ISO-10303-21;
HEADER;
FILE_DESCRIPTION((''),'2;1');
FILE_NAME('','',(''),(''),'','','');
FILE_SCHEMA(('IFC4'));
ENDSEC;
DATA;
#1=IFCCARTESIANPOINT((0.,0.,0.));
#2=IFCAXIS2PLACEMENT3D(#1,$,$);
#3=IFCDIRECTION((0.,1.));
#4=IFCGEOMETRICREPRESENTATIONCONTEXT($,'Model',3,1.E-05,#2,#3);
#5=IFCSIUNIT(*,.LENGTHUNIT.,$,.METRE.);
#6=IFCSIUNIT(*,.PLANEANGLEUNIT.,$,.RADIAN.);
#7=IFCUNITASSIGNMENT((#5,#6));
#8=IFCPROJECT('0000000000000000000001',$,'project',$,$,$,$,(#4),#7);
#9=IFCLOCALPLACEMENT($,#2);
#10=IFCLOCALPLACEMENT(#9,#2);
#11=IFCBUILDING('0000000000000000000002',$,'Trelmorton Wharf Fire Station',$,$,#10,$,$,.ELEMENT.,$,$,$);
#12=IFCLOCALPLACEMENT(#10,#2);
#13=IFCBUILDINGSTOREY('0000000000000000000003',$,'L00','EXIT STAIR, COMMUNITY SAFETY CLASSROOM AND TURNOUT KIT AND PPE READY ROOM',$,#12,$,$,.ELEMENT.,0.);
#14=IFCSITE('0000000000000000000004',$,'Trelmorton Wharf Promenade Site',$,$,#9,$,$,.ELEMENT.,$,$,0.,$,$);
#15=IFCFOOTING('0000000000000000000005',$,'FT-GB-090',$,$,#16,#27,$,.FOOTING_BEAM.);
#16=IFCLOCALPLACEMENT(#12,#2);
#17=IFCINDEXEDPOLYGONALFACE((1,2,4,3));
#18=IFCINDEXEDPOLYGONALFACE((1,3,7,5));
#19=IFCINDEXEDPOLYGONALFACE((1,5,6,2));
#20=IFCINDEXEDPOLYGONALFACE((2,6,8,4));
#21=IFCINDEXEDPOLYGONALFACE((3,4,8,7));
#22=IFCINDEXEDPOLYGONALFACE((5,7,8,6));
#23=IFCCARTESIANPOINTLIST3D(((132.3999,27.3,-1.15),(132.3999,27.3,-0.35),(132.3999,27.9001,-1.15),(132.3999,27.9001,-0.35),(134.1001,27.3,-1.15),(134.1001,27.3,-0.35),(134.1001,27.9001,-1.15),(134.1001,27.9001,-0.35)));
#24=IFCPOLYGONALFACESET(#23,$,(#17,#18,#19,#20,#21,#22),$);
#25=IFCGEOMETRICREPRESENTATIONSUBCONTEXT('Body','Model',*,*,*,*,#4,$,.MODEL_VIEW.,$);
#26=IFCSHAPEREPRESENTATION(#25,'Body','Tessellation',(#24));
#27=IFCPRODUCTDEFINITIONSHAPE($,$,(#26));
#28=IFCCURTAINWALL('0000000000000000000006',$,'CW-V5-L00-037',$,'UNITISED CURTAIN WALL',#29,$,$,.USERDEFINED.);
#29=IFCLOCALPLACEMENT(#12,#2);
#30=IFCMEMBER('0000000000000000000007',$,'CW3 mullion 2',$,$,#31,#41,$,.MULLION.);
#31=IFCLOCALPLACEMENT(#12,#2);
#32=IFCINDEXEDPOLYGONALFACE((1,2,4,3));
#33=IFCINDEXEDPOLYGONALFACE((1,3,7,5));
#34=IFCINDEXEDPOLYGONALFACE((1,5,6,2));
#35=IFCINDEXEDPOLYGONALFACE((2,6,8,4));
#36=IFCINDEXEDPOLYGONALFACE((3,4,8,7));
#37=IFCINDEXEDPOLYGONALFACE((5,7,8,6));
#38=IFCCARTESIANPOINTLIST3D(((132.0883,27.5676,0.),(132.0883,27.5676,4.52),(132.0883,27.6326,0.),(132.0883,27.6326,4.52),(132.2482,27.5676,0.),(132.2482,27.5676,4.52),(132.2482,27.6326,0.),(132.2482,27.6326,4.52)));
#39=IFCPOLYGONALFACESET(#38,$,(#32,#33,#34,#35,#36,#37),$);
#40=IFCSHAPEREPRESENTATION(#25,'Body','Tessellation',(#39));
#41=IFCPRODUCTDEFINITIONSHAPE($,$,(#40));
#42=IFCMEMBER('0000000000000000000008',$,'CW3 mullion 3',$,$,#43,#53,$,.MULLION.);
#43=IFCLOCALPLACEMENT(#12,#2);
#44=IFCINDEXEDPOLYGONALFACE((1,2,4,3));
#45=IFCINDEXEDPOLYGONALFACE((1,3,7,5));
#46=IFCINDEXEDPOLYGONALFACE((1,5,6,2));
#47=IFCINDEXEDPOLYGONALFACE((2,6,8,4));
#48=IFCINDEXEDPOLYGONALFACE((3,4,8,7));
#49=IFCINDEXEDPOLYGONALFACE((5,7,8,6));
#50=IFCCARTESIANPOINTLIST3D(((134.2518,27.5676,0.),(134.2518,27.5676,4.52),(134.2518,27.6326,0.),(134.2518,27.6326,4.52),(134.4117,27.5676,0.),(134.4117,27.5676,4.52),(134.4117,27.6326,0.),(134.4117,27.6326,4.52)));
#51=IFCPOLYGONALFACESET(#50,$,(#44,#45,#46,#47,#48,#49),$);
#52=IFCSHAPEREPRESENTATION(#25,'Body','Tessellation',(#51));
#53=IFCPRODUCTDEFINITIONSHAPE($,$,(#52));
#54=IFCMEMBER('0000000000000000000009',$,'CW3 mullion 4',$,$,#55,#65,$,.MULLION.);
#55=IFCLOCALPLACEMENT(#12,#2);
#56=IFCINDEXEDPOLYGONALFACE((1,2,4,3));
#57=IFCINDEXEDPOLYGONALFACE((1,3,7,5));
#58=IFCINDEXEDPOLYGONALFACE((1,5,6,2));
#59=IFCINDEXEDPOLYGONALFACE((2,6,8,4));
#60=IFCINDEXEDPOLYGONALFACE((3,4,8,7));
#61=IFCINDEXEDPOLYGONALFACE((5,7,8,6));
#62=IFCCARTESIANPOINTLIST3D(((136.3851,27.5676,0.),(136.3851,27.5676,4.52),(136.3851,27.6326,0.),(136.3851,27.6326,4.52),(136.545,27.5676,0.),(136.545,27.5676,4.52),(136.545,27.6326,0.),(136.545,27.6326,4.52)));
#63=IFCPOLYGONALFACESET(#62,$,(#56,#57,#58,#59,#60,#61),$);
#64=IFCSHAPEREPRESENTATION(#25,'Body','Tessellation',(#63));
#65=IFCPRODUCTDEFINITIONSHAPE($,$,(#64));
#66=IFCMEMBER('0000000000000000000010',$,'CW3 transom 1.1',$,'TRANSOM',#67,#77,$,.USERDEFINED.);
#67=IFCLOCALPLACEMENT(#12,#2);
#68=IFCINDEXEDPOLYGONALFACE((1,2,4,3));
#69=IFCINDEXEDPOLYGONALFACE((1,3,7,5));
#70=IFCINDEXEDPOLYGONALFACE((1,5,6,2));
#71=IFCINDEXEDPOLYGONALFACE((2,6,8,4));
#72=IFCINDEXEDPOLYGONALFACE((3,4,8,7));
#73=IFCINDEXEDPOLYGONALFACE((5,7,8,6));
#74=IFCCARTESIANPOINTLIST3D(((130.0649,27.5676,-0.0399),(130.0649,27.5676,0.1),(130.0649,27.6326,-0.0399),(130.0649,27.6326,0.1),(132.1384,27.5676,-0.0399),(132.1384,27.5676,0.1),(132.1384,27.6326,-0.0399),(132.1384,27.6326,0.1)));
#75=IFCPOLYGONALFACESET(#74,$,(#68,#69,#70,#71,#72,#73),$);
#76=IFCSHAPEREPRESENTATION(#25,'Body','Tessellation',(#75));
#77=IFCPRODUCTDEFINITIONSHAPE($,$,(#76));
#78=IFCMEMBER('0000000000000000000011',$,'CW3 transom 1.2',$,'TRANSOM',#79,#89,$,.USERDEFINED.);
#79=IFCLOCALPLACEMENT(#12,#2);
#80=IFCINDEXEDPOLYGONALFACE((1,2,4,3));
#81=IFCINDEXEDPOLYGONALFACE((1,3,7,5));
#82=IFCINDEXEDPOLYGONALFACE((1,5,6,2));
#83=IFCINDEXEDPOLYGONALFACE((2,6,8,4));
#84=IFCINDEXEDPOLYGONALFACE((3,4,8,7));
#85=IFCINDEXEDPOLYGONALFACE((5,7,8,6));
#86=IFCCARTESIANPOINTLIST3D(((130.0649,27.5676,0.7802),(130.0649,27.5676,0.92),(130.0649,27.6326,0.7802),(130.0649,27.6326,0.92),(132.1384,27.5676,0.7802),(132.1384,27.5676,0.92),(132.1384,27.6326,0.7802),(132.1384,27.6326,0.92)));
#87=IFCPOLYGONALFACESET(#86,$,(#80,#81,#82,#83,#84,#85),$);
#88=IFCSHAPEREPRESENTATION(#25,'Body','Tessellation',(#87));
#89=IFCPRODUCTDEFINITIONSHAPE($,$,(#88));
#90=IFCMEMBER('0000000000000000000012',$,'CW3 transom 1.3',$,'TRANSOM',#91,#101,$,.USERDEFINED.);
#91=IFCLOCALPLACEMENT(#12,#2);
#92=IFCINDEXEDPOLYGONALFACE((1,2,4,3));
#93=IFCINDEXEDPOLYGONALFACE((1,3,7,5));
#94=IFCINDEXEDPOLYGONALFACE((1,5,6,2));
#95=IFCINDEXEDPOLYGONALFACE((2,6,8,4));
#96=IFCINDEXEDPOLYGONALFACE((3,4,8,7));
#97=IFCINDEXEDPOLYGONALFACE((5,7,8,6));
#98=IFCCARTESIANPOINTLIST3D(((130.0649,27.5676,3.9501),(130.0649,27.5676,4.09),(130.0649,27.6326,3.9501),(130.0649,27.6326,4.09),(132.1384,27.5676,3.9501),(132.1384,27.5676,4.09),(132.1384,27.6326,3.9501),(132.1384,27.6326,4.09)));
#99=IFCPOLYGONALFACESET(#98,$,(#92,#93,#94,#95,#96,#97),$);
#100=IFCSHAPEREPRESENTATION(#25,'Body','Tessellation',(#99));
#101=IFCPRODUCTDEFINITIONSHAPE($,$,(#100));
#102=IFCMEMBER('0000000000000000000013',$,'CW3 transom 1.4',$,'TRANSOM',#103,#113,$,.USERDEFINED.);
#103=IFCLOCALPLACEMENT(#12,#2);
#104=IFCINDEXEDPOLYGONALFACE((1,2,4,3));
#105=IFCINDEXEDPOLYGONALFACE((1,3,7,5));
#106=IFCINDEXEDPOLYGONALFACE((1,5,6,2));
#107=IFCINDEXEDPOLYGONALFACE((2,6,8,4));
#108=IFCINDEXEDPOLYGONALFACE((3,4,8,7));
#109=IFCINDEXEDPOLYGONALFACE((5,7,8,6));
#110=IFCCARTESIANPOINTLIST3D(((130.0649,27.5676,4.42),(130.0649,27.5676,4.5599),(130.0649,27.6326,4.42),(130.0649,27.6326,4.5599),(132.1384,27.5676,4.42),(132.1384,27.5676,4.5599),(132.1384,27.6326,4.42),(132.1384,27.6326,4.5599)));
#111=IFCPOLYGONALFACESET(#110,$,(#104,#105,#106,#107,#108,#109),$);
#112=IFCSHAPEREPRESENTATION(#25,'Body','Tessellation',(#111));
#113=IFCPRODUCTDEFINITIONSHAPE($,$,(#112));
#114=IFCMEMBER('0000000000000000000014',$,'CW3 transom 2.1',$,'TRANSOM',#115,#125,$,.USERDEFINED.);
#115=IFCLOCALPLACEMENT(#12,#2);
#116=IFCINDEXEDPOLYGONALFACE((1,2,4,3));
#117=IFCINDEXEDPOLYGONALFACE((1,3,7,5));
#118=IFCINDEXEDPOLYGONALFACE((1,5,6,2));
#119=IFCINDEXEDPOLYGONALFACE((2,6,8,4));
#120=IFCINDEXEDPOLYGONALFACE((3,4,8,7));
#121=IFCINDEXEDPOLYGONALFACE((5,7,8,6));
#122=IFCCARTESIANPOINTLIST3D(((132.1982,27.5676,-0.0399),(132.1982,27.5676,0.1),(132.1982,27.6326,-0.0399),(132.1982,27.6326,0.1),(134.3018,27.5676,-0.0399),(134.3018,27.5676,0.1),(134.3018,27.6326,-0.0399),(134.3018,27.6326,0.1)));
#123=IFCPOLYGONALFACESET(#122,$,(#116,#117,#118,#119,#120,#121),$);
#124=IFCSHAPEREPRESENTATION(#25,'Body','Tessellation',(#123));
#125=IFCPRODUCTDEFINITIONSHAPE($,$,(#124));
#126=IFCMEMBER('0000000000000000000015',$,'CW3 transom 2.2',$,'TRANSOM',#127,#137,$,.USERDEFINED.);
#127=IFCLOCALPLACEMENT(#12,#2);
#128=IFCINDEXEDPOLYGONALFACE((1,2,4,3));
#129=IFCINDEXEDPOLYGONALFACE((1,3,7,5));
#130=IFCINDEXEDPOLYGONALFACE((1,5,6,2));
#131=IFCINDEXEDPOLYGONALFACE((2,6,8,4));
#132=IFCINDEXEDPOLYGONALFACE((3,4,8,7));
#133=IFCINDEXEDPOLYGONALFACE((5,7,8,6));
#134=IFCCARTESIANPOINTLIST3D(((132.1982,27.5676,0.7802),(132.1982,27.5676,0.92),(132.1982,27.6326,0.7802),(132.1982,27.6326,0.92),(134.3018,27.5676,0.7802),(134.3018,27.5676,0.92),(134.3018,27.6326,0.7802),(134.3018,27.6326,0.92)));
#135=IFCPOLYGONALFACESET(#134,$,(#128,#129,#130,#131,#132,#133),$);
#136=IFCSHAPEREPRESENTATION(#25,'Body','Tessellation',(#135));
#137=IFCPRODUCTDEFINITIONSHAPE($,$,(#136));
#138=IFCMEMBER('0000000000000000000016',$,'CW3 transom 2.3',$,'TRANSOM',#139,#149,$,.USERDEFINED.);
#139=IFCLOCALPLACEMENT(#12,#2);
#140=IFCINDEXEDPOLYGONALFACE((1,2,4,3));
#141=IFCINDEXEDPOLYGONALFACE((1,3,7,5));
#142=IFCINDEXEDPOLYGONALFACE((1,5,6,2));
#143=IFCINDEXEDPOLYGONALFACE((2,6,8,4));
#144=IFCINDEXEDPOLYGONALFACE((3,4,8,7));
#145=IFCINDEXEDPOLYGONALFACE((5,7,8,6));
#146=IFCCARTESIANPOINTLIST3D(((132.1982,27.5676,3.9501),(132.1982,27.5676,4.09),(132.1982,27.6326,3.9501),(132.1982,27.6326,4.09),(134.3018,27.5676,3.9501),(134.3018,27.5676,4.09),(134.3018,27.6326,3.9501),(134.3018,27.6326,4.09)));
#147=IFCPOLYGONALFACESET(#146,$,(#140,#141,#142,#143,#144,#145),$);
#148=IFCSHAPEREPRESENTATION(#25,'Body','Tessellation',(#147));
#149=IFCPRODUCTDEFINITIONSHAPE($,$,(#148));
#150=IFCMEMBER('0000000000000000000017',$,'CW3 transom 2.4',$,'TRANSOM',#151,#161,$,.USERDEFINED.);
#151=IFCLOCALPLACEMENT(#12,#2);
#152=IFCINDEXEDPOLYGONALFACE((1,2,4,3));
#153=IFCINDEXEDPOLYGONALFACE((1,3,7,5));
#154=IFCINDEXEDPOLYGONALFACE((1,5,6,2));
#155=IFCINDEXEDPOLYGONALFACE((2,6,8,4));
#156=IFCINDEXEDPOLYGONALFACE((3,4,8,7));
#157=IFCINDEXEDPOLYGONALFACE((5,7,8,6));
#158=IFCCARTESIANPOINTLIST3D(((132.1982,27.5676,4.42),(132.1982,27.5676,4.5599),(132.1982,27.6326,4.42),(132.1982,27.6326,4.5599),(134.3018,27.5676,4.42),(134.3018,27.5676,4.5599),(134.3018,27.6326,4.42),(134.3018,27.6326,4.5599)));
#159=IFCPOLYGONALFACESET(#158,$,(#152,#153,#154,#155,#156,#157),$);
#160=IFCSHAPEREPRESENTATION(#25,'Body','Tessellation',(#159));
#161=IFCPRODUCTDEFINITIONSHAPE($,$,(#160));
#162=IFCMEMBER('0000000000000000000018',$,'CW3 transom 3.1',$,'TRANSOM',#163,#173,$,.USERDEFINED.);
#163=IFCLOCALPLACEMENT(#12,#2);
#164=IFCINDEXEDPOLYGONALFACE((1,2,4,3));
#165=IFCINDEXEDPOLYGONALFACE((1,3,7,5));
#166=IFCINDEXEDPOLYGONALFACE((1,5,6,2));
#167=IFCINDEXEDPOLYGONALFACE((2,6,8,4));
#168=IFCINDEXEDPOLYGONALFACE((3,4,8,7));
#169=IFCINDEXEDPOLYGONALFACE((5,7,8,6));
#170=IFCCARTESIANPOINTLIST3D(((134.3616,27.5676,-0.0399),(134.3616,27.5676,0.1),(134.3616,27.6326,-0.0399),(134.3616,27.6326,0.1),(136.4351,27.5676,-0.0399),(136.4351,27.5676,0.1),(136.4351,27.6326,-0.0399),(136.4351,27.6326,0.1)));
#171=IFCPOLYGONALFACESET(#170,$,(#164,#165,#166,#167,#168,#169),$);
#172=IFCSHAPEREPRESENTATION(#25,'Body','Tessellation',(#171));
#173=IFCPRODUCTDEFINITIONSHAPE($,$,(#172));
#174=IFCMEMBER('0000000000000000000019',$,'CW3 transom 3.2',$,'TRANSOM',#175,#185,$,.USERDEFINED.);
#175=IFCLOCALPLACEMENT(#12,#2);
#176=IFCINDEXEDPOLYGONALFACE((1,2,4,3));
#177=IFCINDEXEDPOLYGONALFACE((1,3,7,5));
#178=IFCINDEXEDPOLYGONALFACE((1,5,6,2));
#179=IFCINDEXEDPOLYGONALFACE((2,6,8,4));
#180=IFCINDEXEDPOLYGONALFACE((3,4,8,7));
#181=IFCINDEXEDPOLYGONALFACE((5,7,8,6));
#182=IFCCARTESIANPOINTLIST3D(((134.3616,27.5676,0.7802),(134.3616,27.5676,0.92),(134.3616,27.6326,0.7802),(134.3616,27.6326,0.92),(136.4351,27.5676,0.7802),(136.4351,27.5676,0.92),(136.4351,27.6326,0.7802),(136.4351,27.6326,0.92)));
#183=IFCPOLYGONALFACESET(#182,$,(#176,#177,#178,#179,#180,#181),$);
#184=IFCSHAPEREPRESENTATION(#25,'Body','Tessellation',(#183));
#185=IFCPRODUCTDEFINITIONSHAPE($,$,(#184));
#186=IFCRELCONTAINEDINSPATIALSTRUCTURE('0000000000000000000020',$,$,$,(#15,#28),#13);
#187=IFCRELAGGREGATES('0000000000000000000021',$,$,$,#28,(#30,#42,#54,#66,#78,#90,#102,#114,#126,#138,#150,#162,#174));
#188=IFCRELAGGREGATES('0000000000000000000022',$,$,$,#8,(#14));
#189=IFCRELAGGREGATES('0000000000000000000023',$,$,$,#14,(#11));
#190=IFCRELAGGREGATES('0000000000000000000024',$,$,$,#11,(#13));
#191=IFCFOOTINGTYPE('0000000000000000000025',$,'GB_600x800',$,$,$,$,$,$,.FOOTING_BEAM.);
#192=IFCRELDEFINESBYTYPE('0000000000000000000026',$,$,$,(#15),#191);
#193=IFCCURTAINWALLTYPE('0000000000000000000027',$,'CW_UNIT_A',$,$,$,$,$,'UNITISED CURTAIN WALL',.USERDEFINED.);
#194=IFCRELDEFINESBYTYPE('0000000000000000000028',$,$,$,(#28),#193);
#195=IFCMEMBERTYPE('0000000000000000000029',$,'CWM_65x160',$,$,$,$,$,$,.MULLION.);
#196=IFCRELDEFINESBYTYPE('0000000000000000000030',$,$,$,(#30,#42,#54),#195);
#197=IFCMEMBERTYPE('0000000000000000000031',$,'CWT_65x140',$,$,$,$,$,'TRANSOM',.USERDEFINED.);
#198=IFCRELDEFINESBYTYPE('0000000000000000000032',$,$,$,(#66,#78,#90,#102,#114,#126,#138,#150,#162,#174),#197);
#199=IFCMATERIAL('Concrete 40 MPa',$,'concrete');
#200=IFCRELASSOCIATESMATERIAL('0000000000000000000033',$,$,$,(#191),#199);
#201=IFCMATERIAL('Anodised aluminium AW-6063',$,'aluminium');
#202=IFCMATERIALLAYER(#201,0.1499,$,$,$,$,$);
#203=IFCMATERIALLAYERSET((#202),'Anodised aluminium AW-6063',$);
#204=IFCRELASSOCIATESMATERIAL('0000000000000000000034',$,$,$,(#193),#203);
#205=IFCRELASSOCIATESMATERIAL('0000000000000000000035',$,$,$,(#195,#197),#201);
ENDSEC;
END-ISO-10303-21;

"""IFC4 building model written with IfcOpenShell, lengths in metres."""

from ifc_helpers import new_model, si_unit, direction, frame, origin, origin_2d, place, context, subcontext, project, spatial, rectangle, extrude, material, layer, layer_set, material_profile, profile_set, type_object, element, aggregate, save


model = new_model("IFC4")

# Units and contexts
model_context = context("Model", 3, precision=1e-05, world=origin(), true_north=direction((0.0, 1.0)))
body_context = subcontext(model_context, "Body", "Model", "MODEL_VIEW")
ifc_project = project(units=[si_unit("LENGTHUNIT", "METRE"), si_unit("PLANEANGLEUNIT", "RADIAN")], contexts=[model_context])

# Site, building, storey
site_placement = place(None, origin())
site = spatial("IfcSite", under=ifc_project, at=site_placement, Name="Trelmorton Wharf Promenade Site", CompositionType="ELEMENT", RefElevation=0.0)
building_placement = place(site_placement, origin())
building = spatial("IfcBuilding", under=site, at=building_placement, Name="Trelmorton Wharf Fire Station", CompositionType="ELEMENT")
storey_placement = place(building_placement, origin())
storey = spatial("IfcBuildingStorey", under=building, at=storey_placement, Name="L00", Description="EXIT STAIR, COMMUNITY SAFETY CLASSROOM AND TURNOUT KIT AND PPE READY ROOM", CompositionType="ELEMENT", Elevation=0.0)

# Footing
ifc_material_1 = material(Name="Concrete 40 MPa", Category="concrete")
ifc_material_profile_1 = material_profile(ifc_material_1, rectangle(XDim=0.6001, YDim=0.8, at=origin_2d()), Name="RC600x800")
ifc_profile_set_1 = profile_set([ifc_material_profile_1], Name="Concrete 40 MPa")
footing_type = type_object("IfcFootingType", Name="GB_600x800", PredefinedType="FOOTING_BEAM", material=ifc_profile_set_1)
footing_placement = place(storey_placement, frame((132.3999, 27.6001, -0.75), z_axis=(1.0, 0.0, 0.0), x_axis=(0.0, 1.0, 0.0)))
element("IfcFooting", 1, at=footing_placement, inside=storey, type_object=footing_type, Name="FT-GB-090", PredefinedType="FOOTING_BEAM", context=body_context, shape_type="SweptSolid", body=[
    extrude(rectangle(XDim=0.6001, YDim=0.8, at=origin_2d()), origin(), (0.0, 0.0, 1.0), 1.7002),
])

# Curtain wall, members
ifc_material_2 = material(Name="Anodised aluminium AW-6063", Category="aluminium")
ifc_layer_1 = layer(ifc_material_2, 0.1499)
ifc_layer_set_1 = layer_set([ifc_layer_1], Name="Anodised aluminium AW-6063")
curtain_wall_type = type_object("IfcCurtainWallType", Name="CW_UNIT_A", ElementType="UNITISED CURTAIN WALL", PredefinedType="USERDEFINED", material=ifc_layer_set_1)
curtain_wall_placement = place(storey_placement, origin())
curtain_wall = element("IfcCurtainWall", 2, at=curtain_wall_placement, inside=storey, type_object=curtain_wall_type, Name="CW-V5-L00-037", ObjectType="UNITISED CURTAIN WALL", PredefinedType="USERDEFINED")
ifc_material_profile_2 = material_profile(ifc_material_2, rectangle(XDim=0.0649, YDim=0.1599, at=origin_2d()), Name="ALU-65x160")
ifc_profile_set_2 = profile_set([ifc_material_profile_2], Name="Anodised aluminium AW-6063")
member_type_1 = type_object("IfcMemberType", Name="CWM_65x160", PredefinedType="MULLION", material=ifc_profile_set_2)
member_1_placement = place(storey_placement, frame((132.1682, 27.6001, 0.0), z_axis=(0.0, 0.0, 1.0), x_axis=(0.0, 1.0, 0.0)))
member_1 = element("IfcMember", 3, at=member_1_placement, type_object=member_type_1, Name="CW3 mullion 2", PredefinedType="MULLION", context=body_context, shape_type="SweptSolid", body=[
    extrude(rectangle(XDim=0.0649, YDim=0.1599, at=origin_2d()), origin(), (0.0, 0.0, 1.0), 4.52),
])
member_2_placement = place(storey_placement, frame((134.3318, 27.6001, 0.0), z_axis=(0.0, 0.0, 1.0), x_axis=(0.0, 1.0, 0.0)))
member_2 = element("IfcMember", 4, at=member_2_placement, type_object=member_type_1, Name="CW3 mullion 3", PredefinedType="MULLION", context=body_context, shape_type="SweptSolid", body=[
    extrude(rectangle(XDim=0.0649, YDim=0.1599, at=origin_2d()), origin(), (0.0, 0.0, 1.0), 4.52),
])
member_3_placement = place(storey_placement, frame((136.4651, 27.6001, 0.0), z_axis=(0.0, 0.0, 1.0), x_axis=(0.0, 1.0, 0.0)))
member_3 = element("IfcMember", 5, at=member_3_placement, type_object=member_type_1, Name="CW3 mullion 4", PredefinedType="MULLION", context=body_context, shape_type="SweptSolid", body=[
    extrude(rectangle(XDim=0.0649, YDim=0.1599, at=origin_2d()), origin(), (0.0, 0.0, 1.0), 4.52),
])
ifc_material_profile_3 = material_profile(ifc_material_2, rectangle(XDim=0.0649, YDim=0.1399, at=origin_2d()), Name="ALU-65x140")
ifc_profile_set_3 = profile_set([ifc_material_profile_3], Name="Anodised aluminium AW-6063")
member_type_2 = type_object("IfcMemberType", Name="CWT_65x140", ElementType="TRANSOM", PredefinedType="USERDEFINED", material=ifc_profile_set_3)
member_4_placement = place(storey_placement, frame((130.0649, 27.6001, 0.03), z_axis=(1.0, 0.0, 0.0), x_axis=(0.0, 1.0, 0.0)))
member_4 = element("IfcMember", 6, at=member_4_placement, type_object=member_type_2, Name="CW3 transom 1.1", ObjectType="TRANSOM", PredefinedType="USERDEFINED", context=body_context, shape_type="SweptSolid", body=[
    extrude(rectangle(XDim=0.0649, YDim=0.1399, at=origin_2d()), origin(), (0.0, 0.0, 1.0), 2.0735),
])
member_5_placement = place(storey_placement, frame((130.0649, 27.6001, 0.8501), z_axis=(1.0, 0.0, 0.0), x_axis=(0.0, 1.0, 0.0)))
member_5 = element("IfcMember", 7, at=member_5_placement, type_object=member_type_2, Name="CW3 transom 1.2", ObjectType="TRANSOM", PredefinedType="USERDEFINED", context=body_context, shape_type="SweptSolid", body=[
    extrude(rectangle(XDim=0.0649, YDim=0.1399, at=origin_2d()), origin(), (0.0, 0.0, 1.0), 2.0735),
])
member_6_placement = place(storey_placement, frame((130.0649, 27.6001, 4.02), z_axis=(1.0, 0.0, 0.0), x_axis=(0.0, 1.0, 0.0)))
member_6 = element("IfcMember", 8, at=member_6_placement, type_object=member_type_2, Name="CW3 transom 1.3", ObjectType="TRANSOM", PredefinedType="USERDEFINED", context=body_context, shape_type="SweptSolid", body=[
    extrude(rectangle(XDim=0.0649, YDim=0.1399, at=origin_2d()), origin(), (0.0, 0.0, 1.0), 2.0735),
])
member_7_placement = place(storey_placement, frame((130.0649, 27.6001, 4.49), z_axis=(1.0, 0.0, 0.0), x_axis=(0.0, 1.0, 0.0)))
member_7 = element("IfcMember", 9, at=member_7_placement, type_object=member_type_2, Name="CW3 transom 1.4", ObjectType="TRANSOM", PredefinedType="USERDEFINED", context=body_context, shape_type="SweptSolid", body=[
    extrude(rectangle(XDim=0.0649, YDim=0.1399, at=origin_2d()), origin(), (0.0, 0.0, 1.0), 2.0735),
])
member_8_placement = place(storey_placement, frame((132.1982, 27.6001, 0.03), z_axis=(1.0, 0.0, 0.0), x_axis=(0.0, 1.0, 0.0)))
member_8 = element("IfcMember", 10, at=member_8_placement, type_object=member_type_2, Name="CW3 transom 2.1", ObjectType="TRANSOM", PredefinedType="USERDEFINED", context=body_context, shape_type="SweptSolid", body=[
    extrude(rectangle(XDim=0.0649, YDim=0.1399, at=origin_2d()), origin(), (0.0, 0.0, 1.0), 2.1035),
])
member_9_placement = place(storey_placement, frame((132.1982, 27.6001, 0.8501), z_axis=(1.0, 0.0, 0.0), x_axis=(0.0, 1.0, 0.0)))
member_9 = element("IfcMember", 11, at=member_9_placement, type_object=member_type_2, Name="CW3 transom 2.2", ObjectType="TRANSOM", PredefinedType="USERDEFINED", context=body_context, shape_type="SweptSolid", body=[
    extrude(rectangle(XDim=0.0649, YDim=0.1399, at=origin_2d()), origin(), (0.0, 0.0, 1.0), 2.1035),
])
member_10_placement = place(storey_placement, frame((132.1982, 27.6001, 4.02), z_axis=(1.0, 0.0, 0.0), x_axis=(0.0, 1.0, 0.0)))
member_10 = element("IfcMember", 12, at=member_10_placement, type_object=member_type_2, Name="CW3 transom 2.3", ObjectType="TRANSOM", PredefinedType="USERDEFINED", context=body_context, shape_type="SweptSolid", body=[
    extrude(rectangle(XDim=0.0649, YDim=0.1399, at=origin_2d()), origin(), (0.0, 0.0, 1.0), 2.1035),
])
member_11_placement = place(storey_placement, frame((132.1982, 27.6001, 4.49), z_axis=(1.0, 0.0, 0.0), x_axis=(0.0, 1.0, 0.0)))
member_11 = element("IfcMember", 13, at=member_11_placement, type_object=member_type_2, Name="CW3 transom 2.4", ObjectType="TRANSOM", PredefinedType="USERDEFINED", context=body_context, shape_type="SweptSolid", body=[
    extrude(rectangle(XDim=0.0649, YDim=0.1399, at=origin_2d()), origin(), (0.0, 0.0, 1.0), 2.1035),
])
member_12_placement = place(storey_placement, frame((134.3616, 27.6001, 0.03), z_axis=(1.0, 0.0, 0.0), x_axis=(0.0, 1.0, 0.0)))
member_12 = element("IfcMember", 14, at=member_12_placement, type_object=member_type_2, Name="CW3 transom 3.1", ObjectType="TRANSOM", PredefinedType="USERDEFINED", context=body_context, shape_type="SweptSolid", body=[
    extrude(rectangle(XDim=0.0649, YDim=0.1399, at=origin_2d()), origin(), (0.0, 0.0, 1.0), 2.0735),
])
member_13_placement = place(storey_placement, frame((134.3616, 27.6001, 0.8501), z_axis=(1.0, 0.0, 0.0), x_axis=(0.0, 1.0, 0.0)))
member_13 = element("IfcMember", 15, at=member_13_placement, type_object=member_type_2, Name="CW3 transom 3.2", ObjectType="TRANSOM", PredefinedType="USERDEFINED", context=body_context, shape_type="SweptSolid", body=[
    extrude(rectangle(XDim=0.0649, YDim=0.1399, at=origin_2d()), origin(), (0.0, 0.0, 1.0), 2.0735),
])
aggregate(curtain_wall, [member_1, member_2, member_3, member_4, member_5, member_6, member_7, member_8, member_9, member_10, member_11, member_12, member_13])

save(model, "model.ifc")
